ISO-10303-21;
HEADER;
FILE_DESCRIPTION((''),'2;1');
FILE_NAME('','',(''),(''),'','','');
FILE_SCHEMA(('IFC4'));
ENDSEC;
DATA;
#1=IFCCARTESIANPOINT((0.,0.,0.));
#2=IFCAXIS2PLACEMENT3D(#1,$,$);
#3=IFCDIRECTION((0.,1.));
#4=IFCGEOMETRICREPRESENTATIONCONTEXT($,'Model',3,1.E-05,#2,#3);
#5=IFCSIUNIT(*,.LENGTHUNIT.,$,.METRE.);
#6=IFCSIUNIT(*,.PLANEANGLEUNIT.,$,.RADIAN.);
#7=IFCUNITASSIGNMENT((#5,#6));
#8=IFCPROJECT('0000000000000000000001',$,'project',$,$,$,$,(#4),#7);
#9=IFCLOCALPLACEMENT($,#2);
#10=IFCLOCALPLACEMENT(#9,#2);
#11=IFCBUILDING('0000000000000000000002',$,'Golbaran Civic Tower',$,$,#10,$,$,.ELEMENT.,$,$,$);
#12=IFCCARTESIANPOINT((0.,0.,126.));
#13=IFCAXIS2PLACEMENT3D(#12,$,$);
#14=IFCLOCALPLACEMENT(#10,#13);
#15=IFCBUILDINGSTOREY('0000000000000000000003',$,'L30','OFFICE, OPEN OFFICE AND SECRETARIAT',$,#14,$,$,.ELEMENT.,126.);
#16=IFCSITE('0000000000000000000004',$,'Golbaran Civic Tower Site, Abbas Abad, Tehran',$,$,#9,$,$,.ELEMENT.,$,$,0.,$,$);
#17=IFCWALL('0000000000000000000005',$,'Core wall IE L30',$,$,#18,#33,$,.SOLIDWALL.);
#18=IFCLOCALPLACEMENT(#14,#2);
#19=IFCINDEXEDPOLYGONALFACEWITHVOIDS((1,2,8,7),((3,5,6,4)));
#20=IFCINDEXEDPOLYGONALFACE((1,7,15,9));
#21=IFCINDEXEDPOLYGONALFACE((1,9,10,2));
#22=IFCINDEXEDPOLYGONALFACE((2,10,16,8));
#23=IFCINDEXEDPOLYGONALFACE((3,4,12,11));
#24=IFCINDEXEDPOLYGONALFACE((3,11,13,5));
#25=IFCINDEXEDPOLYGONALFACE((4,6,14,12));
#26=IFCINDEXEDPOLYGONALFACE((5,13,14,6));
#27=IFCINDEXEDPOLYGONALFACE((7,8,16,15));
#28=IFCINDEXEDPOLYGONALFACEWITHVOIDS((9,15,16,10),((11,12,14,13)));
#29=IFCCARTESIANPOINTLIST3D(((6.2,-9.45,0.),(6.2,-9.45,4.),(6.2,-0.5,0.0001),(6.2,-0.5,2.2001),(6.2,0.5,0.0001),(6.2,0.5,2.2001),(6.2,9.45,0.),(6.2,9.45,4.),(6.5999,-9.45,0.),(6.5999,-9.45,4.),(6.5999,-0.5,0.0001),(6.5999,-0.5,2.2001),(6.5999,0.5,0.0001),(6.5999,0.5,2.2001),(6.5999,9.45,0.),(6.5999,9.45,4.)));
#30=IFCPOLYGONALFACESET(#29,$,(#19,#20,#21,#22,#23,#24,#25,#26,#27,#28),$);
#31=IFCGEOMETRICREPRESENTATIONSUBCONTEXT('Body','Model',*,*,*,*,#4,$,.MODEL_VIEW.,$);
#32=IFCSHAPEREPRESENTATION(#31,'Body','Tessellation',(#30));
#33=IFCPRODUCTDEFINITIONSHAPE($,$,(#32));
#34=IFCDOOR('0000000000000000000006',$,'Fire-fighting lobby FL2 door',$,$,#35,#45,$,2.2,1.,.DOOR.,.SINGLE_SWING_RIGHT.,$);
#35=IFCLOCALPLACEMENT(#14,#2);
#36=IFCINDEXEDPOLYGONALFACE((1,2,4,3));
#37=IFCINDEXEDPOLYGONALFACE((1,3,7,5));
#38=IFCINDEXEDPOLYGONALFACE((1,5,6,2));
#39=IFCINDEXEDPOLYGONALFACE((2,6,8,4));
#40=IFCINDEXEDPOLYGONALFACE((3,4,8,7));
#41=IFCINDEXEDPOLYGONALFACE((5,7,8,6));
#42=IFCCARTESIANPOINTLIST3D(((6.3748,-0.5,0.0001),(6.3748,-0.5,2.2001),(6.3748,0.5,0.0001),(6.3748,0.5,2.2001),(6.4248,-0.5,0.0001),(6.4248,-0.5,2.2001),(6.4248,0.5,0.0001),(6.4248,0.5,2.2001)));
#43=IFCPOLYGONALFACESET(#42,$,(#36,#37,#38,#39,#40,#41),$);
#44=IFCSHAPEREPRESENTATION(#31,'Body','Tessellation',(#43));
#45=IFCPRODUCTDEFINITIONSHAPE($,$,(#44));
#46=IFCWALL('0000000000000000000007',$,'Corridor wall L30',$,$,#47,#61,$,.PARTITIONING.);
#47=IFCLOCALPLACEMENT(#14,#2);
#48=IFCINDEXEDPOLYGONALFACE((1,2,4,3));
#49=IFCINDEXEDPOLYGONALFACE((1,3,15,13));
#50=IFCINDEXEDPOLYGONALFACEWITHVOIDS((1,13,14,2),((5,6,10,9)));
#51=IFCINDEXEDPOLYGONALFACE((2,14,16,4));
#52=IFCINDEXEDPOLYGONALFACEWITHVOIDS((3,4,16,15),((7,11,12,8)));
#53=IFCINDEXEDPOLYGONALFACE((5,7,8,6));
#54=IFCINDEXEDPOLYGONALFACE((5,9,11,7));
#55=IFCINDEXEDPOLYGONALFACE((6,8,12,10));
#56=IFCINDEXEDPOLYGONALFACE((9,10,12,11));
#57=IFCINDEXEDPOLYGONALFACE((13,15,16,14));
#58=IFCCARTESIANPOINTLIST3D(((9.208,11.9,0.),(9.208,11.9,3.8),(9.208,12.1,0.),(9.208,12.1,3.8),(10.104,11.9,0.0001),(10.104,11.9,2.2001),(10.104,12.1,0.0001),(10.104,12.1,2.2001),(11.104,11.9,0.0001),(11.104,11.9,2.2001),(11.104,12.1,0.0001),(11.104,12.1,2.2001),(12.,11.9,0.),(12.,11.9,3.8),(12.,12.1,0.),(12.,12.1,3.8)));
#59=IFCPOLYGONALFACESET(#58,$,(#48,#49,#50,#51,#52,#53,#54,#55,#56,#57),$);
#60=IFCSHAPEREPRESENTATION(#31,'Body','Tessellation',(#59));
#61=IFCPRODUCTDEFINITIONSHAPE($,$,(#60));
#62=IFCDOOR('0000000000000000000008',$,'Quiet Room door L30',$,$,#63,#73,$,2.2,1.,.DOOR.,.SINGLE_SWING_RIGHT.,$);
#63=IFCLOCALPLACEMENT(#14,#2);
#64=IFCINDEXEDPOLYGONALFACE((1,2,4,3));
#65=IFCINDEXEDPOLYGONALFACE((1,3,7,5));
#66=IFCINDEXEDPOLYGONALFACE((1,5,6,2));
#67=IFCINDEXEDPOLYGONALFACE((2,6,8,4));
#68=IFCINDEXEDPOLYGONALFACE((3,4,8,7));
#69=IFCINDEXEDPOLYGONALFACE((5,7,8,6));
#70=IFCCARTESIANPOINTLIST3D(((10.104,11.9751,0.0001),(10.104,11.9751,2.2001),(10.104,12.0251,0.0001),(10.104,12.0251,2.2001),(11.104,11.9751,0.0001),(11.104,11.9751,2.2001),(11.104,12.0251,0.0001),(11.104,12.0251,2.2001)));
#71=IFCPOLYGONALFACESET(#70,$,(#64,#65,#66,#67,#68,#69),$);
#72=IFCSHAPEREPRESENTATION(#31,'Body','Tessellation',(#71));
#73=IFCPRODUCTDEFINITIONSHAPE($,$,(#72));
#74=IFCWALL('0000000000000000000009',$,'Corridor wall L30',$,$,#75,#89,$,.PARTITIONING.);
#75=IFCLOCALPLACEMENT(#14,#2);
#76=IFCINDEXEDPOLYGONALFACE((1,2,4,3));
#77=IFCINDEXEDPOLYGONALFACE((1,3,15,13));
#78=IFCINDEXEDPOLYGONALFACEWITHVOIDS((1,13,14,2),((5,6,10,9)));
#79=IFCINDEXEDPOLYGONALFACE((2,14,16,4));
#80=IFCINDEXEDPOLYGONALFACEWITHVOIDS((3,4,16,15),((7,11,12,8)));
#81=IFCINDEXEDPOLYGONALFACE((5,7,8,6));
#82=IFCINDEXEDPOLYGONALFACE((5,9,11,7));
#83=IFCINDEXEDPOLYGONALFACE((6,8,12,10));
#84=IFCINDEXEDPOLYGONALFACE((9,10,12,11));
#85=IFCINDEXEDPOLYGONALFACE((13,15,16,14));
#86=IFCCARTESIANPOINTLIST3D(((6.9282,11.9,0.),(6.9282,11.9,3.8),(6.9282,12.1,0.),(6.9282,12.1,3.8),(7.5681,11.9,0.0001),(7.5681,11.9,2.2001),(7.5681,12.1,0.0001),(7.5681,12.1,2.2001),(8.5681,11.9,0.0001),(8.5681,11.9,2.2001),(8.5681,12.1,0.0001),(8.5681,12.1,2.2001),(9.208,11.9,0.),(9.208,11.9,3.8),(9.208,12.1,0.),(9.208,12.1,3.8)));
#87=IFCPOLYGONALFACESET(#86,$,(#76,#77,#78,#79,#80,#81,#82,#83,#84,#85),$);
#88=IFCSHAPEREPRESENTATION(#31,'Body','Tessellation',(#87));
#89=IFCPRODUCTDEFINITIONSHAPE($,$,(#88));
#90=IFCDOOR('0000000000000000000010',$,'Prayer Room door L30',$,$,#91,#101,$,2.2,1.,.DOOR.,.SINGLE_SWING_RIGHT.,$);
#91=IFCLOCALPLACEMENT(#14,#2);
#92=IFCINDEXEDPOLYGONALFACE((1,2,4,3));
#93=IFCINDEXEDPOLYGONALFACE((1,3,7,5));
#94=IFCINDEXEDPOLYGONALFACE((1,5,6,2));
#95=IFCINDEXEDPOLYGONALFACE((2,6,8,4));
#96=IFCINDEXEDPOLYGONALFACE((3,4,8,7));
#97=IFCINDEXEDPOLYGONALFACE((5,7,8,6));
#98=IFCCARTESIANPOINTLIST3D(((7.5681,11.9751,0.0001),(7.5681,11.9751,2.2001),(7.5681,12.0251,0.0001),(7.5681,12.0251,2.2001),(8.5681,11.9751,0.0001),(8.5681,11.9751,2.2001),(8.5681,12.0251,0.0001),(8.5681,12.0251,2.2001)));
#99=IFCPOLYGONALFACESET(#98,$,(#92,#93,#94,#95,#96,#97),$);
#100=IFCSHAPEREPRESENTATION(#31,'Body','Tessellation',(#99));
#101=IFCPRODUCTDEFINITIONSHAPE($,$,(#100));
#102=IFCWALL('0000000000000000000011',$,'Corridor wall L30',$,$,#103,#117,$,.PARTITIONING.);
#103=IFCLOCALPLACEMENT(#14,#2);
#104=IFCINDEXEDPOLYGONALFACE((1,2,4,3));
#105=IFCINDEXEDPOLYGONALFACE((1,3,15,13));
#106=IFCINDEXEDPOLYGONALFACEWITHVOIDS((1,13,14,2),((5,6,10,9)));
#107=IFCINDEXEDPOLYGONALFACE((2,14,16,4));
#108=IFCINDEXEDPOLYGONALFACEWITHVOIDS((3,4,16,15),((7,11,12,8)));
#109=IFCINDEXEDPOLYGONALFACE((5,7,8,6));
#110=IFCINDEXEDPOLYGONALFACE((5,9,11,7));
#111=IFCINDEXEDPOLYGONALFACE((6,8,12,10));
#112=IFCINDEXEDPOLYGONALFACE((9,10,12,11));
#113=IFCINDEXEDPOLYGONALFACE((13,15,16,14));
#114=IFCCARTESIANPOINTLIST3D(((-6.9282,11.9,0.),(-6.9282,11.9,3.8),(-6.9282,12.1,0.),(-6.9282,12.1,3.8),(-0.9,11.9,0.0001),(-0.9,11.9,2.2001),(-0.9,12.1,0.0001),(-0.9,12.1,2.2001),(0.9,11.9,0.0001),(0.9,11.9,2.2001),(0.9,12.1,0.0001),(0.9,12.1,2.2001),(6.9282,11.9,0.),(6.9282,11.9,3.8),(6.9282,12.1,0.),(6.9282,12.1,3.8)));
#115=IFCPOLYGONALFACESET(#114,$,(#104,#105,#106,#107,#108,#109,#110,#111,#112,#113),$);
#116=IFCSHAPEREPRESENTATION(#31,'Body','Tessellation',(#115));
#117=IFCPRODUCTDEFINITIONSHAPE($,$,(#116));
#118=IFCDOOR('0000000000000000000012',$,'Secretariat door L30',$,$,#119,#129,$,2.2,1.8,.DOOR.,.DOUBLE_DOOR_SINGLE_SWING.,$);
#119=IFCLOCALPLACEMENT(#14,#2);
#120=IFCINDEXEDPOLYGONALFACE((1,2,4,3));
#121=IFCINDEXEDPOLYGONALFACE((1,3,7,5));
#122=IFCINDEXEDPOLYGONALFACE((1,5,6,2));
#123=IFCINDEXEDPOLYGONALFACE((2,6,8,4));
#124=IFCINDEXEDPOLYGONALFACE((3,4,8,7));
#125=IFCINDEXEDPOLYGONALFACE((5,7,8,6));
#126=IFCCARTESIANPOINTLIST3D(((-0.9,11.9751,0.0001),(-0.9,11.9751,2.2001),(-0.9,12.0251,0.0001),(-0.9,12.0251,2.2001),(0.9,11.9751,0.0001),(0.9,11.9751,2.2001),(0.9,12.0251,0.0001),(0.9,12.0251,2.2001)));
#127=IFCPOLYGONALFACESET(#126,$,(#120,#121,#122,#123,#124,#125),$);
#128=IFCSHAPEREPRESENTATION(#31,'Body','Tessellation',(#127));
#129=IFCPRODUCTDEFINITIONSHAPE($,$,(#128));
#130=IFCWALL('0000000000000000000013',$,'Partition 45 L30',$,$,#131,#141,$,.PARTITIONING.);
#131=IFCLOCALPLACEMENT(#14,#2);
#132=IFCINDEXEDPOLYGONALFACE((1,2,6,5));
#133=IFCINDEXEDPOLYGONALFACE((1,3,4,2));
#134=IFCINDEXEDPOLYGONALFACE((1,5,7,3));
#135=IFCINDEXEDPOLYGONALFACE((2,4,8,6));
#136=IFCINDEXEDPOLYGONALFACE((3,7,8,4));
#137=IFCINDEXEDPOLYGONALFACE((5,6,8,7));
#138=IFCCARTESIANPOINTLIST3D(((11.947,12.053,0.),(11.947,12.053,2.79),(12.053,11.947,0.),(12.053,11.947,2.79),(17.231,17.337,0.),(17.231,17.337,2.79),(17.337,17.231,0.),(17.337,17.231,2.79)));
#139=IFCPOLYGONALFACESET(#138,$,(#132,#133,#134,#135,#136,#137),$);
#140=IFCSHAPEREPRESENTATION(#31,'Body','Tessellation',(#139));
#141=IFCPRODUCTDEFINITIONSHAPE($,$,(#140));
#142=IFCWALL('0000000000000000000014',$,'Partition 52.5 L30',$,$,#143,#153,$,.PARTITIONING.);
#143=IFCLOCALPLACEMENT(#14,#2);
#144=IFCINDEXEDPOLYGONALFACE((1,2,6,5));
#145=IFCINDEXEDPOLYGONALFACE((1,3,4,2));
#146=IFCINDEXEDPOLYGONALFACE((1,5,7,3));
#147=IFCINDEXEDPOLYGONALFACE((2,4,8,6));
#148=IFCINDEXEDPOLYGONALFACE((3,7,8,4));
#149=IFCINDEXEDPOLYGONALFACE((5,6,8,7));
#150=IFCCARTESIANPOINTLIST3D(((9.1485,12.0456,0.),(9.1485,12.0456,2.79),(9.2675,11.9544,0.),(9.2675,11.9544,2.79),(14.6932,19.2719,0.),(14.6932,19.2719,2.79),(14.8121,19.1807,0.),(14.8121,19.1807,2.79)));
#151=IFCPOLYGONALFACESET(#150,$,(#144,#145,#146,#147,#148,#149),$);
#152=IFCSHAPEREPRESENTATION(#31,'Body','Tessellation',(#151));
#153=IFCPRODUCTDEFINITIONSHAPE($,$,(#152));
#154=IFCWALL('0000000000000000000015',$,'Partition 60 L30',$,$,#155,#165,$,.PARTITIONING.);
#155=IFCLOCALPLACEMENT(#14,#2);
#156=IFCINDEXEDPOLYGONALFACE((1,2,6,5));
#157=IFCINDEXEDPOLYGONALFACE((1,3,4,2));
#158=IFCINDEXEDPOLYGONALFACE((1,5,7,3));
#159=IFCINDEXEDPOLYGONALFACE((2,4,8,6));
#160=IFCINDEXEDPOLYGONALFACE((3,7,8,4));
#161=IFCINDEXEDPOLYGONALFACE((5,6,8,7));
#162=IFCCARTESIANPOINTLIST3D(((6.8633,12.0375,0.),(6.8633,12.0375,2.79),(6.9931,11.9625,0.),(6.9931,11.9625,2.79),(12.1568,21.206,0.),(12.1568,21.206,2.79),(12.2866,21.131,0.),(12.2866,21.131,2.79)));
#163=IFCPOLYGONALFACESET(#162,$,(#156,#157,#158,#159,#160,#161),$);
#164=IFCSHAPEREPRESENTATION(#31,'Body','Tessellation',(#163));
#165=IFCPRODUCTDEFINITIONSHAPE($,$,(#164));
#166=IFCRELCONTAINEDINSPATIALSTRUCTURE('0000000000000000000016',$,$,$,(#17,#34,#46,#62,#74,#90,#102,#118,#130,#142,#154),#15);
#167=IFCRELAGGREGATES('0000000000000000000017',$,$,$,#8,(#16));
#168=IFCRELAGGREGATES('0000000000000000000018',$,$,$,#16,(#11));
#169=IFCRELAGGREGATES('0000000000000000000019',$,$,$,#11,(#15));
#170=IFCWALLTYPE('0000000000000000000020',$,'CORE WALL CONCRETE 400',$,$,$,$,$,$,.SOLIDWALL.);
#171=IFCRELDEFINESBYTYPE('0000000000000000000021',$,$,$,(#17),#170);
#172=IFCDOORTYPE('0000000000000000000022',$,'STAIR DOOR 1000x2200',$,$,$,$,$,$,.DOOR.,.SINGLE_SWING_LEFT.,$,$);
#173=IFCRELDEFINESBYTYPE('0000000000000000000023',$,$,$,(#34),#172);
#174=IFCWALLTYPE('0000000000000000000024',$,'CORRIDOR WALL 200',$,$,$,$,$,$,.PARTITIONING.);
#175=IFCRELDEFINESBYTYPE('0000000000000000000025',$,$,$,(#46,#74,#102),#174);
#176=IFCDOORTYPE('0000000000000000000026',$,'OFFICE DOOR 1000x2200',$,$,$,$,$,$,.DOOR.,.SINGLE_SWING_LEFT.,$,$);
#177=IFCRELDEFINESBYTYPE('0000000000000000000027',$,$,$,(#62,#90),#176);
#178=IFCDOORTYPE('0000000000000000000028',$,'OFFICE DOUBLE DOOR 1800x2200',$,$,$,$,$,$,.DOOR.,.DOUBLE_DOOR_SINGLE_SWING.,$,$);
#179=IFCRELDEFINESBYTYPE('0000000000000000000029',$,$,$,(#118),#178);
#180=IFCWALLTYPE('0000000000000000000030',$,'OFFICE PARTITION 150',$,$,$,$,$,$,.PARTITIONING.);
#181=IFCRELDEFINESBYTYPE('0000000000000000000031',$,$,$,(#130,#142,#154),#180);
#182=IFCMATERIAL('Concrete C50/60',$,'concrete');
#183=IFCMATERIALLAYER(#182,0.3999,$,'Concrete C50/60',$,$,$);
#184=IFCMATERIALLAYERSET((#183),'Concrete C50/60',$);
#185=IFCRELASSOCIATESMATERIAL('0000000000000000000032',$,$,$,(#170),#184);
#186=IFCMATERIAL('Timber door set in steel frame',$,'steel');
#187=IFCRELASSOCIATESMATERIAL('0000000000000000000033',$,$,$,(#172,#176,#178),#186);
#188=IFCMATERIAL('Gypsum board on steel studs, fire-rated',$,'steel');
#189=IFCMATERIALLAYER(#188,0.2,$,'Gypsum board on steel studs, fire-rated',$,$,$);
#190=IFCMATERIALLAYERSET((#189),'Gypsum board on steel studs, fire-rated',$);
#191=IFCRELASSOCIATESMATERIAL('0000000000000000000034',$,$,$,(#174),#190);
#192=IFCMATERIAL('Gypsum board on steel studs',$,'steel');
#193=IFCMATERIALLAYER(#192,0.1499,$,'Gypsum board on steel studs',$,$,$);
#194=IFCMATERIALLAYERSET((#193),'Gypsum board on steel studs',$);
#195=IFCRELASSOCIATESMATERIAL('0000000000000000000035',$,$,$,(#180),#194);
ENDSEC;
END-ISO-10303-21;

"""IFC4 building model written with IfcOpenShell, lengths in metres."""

from ifc_helpers import new_model, si_unit, direction, frame, frame_2d, origin, place, context, subcontext, project, spatial, rectangle, extrude, material, layer, layer_set, type_object, element, fill, save


model = new_model("IFC4")

# Units and contexts
model_context = context("Model", 3, precision=1e-05, world=origin(), true_north=direction((0.0, 1.0)))
body_context = subcontext(model_context, "Body", "Model", "MODEL_VIEW")
ifc_project = project(units=[si_unit("LENGTHUNIT", "METRE"), si_unit("PLANEANGLEUNIT", "RADIAN")], contexts=[model_context])

# Site, building, storey
site_placement = place(None, origin())
site = spatial("IfcSite", under=ifc_project, at=site_placement, Name="Golbaran Civic Tower Site, Abbas Abad, Tehran", CompositionType="ELEMENT", RefElevation=0.0)
building_placement = place(site_placement, origin())
building = spatial("IfcBuilding", under=site, at=building_placement, Name="Golbaran Civic Tower", CompositionType="ELEMENT")
storey_placement = place(building_placement, frame((0.0, 0.0, 126.0)))
storey = spatial("IfcBuildingStorey", under=building, at=storey_placement, Name="L30", Description="OFFICE, OPEN OFFICE AND SECRETARIAT", CompositionType="ELEMENT", Elevation=126.0)

# Walls, openings, doors
ifc_material_1 = material(Name="Concrete C50/60", Category="concrete")
ifc_layer_1 = layer(ifc_material_1, 0.3999, Name="Concrete C50/60")
ifc_layer_set_1 = layer_set([ifc_layer_1], Name="Concrete C50/60")
wall_type_1 = type_object("IfcWallType", Name="CORE WALL CONCRETE 400", PredefinedType="SOLIDWALL", material=ifc_layer_set_1)
wall_1_placement = place(storey_placement, frame((6.3999, 9.45, 0.0), z_axis=(0.0, 0.0, 1.0), x_axis=(0.0, -1.0, 0.0)))
wall_1 = element("IfcWall", 1, at=wall_1_placement, inside=storey, type_object=wall_type_1, Name="Core wall IE L30", PredefinedType="SOLIDWALL", context=body_context, shape_type="SweptSolid", body=[
    extrude(rectangle(XDim=18.8999, YDim=0.3999, at=frame_2d((9.45, 0.0))), origin(), (0.0, 0.0, 1.0), 4.0),
])
opening_1_placement = place(wall_1_placement, frame((8.95, 0.0, 0.0)))
opening_1 = element("IfcOpeningElement", 2, at=opening_1_placement, cuts=wall_1, PredefinedType="OPENING", context=body_context, shape_type="SweptSolid", body=[
    extrude(rectangle(XDim=1.0, YDim=2.2, at=frame_2d((0.5, 1.1001))), frame((0.0, 0.21, 0.0), z_axis=(0.0, -1.0, 0.0), x_axis=(1.0, 0.0, 0.0)), (0.0, 0.0, 1.0), 0.4199),
])
ifc_material_2 = material(Name="Timber door set in steel frame", Category="steel")
door_type_1 = type_object("IfcDoorType", Name="STAIR DOOR 1000x2200", OperationType="SINGLE_SWING_LEFT", PredefinedType="DOOR", material=ifc_material_2)
door_1_placement = place(opening_1_placement, origin())
door_1 = element("IfcDoor", 3, at=door_1_placement, inside=storey, type_object=door_type_1, Name="Fire-fighting lobby FL2 door", OperationType="SINGLE_SWING_RIGHT", OverallHeight=2.2, OverallWidth=1.0, PredefinedType="DOOR", context=body_context, shape_type="SweptSolid", body=[
    extrude(rectangle(XDim=1.0, YDim=2.2, at=frame_2d((0.5, 1.1001))), frame((0.0, 0.0249, 0.0), z_axis=(0.0, -1.0, 0.0), x_axis=(1.0, 0.0, 0.0)), (0.0, 0.0, 1.0), 0.05),
])
fill(opening_1, door_1)
ifc_material_3 = material(Name="Gypsum board on steel studs, fire-rated", Category="steel")
ifc_layer_2 = layer(ifc_material_3, 0.2, Name="Gypsum board on steel studs, fire-rated")
ifc_layer_set_2 = layer_set([ifc_layer_2], Name="Gypsum board on steel studs, fire-rated")
wall_type_2 = type_object("IfcWallType", Name="CORRIDOR WALL 200", PredefinedType="PARTITIONING", material=ifc_layer_set_2)
wall_2_placement = place(storey_placement, frame((12.0, 12.0, 0.0), z_axis=(0.0, 0.0, 1.0), x_axis=(-1.0, 0.0, 0.0)))
wall_2 = element("IfcWall", 4, at=wall_2_placement, inside=storey, type_object=wall_type_2, Name="Corridor wall L30", PredefinedType="PARTITIONING", context=body_context, shape_type="SweptSolid", body=[
    extrude(rectangle(XDim=2.792, YDim=0.2, at=frame_2d((1.396, 0.0))), origin(), (0.0, 0.0, 1.0), 3.8),
])
opening_2_placement = place(wall_2_placement, frame((0.896, 0.0, 0.0)))
opening_2 = element("IfcOpeningElement", 5, at=opening_2_placement, cuts=wall_2, PredefinedType="OPENING", context=body_context, shape_type="SweptSolid", body=[
    extrude(rectangle(XDim=1.0, YDim=2.2, at=frame_2d((0.5, 1.1001))), frame((0.0, 0.1099, 0.0), z_axis=(0.0, -1.0, 0.0), x_axis=(1.0, 0.0, 0.0)), (0.0, 0.0, 1.0), 0.22),
])
door_type_2 = type_object("IfcDoorType", Name="OFFICE DOOR 1000x2200", OperationType="SINGLE_SWING_LEFT", PredefinedType="DOOR", material=ifc_material_2)
door_2_placement = place(opening_2_placement, origin())
door_2 = element("IfcDoor", 6, at=door_2_placement, inside=storey, type_object=door_type_2, Name="Quiet Room door L30", OperationType="SINGLE_SWING_RIGHT", OverallHeight=2.2, OverallWidth=1.0, PredefinedType="DOOR", context=body_context, shape_type="SweptSolid", body=[
    extrude(rectangle(XDim=1.0, YDim=2.2, at=frame_2d((0.5, 1.1001))), frame((0.0, 0.0249, 0.0), z_axis=(0.0, -1.0, 0.0), x_axis=(1.0, 0.0, 0.0)), (0.0, 0.0, 1.0), 0.05),
])
fill(opening_2, door_2)
wall_3_placement = place(storey_placement, frame((9.208, 12.0, 0.0), z_axis=(0.0, 0.0, 1.0), x_axis=(-1.0, 0.0, 0.0)))
wall_3 = element("IfcWall", 7, at=wall_3_placement, inside=storey, type_object=wall_type_2, Name="Corridor wall L30", PredefinedType="PARTITIONING", context=body_context, shape_type="SweptSolid", body=[
    extrude(rectangle(XDim=2.2798, YDim=0.2, at=frame_2d((1.1399, 0.0))), origin(), (0.0, 0.0, 1.0), 3.8),
])
opening_3_placement = place(wall_3_placement, frame((0.6399, 0.0, 0.0)))
opening_3 = element("IfcOpeningElement", 8, at=opening_3_placement, cuts=wall_3, PredefinedType="OPENING", context=body_context, shape_type="SweptSolid", body=[
    extrude(rectangle(XDim=1.0, YDim=2.2, at=frame_2d((0.5, 1.1001))), frame((0.0, 0.1099, 0.0), z_axis=(0.0, -1.0, 0.0), x_axis=(1.0, 0.0, 0.0)), (0.0, 0.0, 1.0), 0.22),
])
door_3_placement = place(opening_3_placement, origin())
door_3 = element("IfcDoor", 9, at=door_3_placement, inside=storey, type_object=door_type_2, Name="Prayer Room door L30", OperationType="SINGLE_SWING_RIGHT", OverallHeight=2.2, OverallWidth=1.0, PredefinedType="DOOR", context=body_context, shape_type="SweptSolid", body=[
    extrude(rectangle(XDim=1.0, YDim=2.2, at=frame_2d((0.5, 1.1001))), frame((0.0, 0.0249, 0.0), z_axis=(0.0, -1.0, 0.0), x_axis=(1.0, 0.0, 0.0)), (0.0, 0.0, 1.0), 0.05),
])
fill(opening_3, door_3)
wall_4_placement = place(storey_placement, frame((6.9282, 12.0, 0.0), z_axis=(0.0, 0.0, 1.0), x_axis=(-1.0, 0.0, 0.0)))
wall_4 = element("IfcWall", 10, at=wall_4_placement, inside=storey, type_object=wall_type_2, Name="Corridor wall L30", PredefinedType="PARTITIONING", context=body_context, shape_type="SweptSolid", body=[
    extrude(rectangle(XDim=13.8564, YDim=0.2, at=frame_2d((6.9282, 0.0))), origin(), (0.0, 0.0, 1.0), 3.8),
])
opening_4_placement = place(wall_4_placement, frame((6.0283, 0.0, 0.0)))
opening_4 = element("IfcOpeningElement", 11, at=opening_4_placement, cuts=wall_4, PredefinedType="OPENING", context=body_context, shape_type="SweptSolid", body=[
    extrude(rectangle(XDim=1.8, YDim=2.2, at=frame_2d((0.8999, 1.1001))), frame((0.0, 0.1099, 0.0), z_axis=(0.0, -1.0, 0.0), x_axis=(1.0, 0.0, 0.0)), (0.0, 0.0, 1.0), 0.22),
])
door_type_3 = type_object("IfcDoorType", Name="OFFICE DOUBLE DOOR 1800x2200", OperationType="DOUBLE_DOOR_SINGLE_SWING", PredefinedType="DOOR", material=ifc_material_2)
door_4_placement = place(opening_4_placement, origin())
door_4 = element("IfcDoor", 12, at=door_4_placement, inside=storey, type_object=door_type_3, Name="Secretariat door L30", OperationType="DOUBLE_DOOR_SINGLE_SWING", OverallHeight=2.2, OverallWidth=1.8, PredefinedType="DOOR", context=body_context, shape_type="SweptSolid", body=[
    extrude(rectangle(XDim=1.8, YDim=2.2, at=frame_2d((0.8999, 1.1001))), frame((0.0, 0.0249, 0.0), z_axis=(0.0, -1.0, 0.0), x_axis=(1.0, 0.0, 0.0)), (0.0, 0.0, 1.0), 0.05),
])
fill(opening_4, door_4)

# Walls
ifc_material_4 = material(Name="Gypsum board on steel studs", Category="steel")
ifc_layer_3 = layer(ifc_material_4, 0.1499, Name="Gypsum board on steel studs")
ifc_layer_set_3 = layer_set([ifc_layer_3], Name="Gypsum board on steel studs")
wall_type_3 = type_object("IfcWallType", Name="OFFICE PARTITION 150", PredefinedType="PARTITIONING", material=ifc_layer_set_3)
wall_5_placement = place(storey_placement, frame((12.0, 12.0, 0.0), z_axis=(0.0, 0.0, 1.0), x_axis=(0.707107, 0.707107, 0.0)))
element("IfcWall", 13, at=wall_5_placement, inside=storey, type_object=wall_type_3, Name="Partition 45 L30", PredefinedType="PARTITIONING", context=body_context, shape_type="SweptSolid", body=[
    extrude(rectangle(XDim=7.4727, YDim=0.1499, at=frame_2d((3.7363, 0.0))), origin(), (0.0, 0.0, 1.0), 2.79),
])
wall_6_placement = place(storey_placement, frame((9.208, 12.0, 0.0), z_axis=(0.0, 0.0, 1.0), x_axis=(0.608743, 0.793368, 0.0)))
element("IfcWall", 14, at=wall_6_placement, inside=storey, type_object=wall_type_3, Name="Partition 52.5 L30", PredefinedType="PARTITIONING", context=body_context, shape_type="SweptSolid", body=[
    extrude(rectangle(XDim=9.1084, YDim=0.1499, at=frame_2d((4.5542, 0.0))), origin(), (0.0, 0.0, 1.0), 2.79),
])
wall_7_placement = place(storey_placement, frame((6.9282, 12.0, 0.0), z_axis=(0.0, 0.0, 1.0), x_axis=(0.500003, 0.866024, 0.0)))
element("IfcWall", 15, at=wall_7_placement, inside=storey, type_object=wall_type_3, Name="Partition 60 L30", PredefinedType="PARTITIONING", context=body_context, shape_type="SweptSolid", body=[
    extrude(rectangle(XDim=10.5869, YDim=0.1499, at=frame_2d((5.2935, 0.0))), origin(), (0.0, 0.0, 1.0), 2.79),
])

save(model, "model.ifc")
